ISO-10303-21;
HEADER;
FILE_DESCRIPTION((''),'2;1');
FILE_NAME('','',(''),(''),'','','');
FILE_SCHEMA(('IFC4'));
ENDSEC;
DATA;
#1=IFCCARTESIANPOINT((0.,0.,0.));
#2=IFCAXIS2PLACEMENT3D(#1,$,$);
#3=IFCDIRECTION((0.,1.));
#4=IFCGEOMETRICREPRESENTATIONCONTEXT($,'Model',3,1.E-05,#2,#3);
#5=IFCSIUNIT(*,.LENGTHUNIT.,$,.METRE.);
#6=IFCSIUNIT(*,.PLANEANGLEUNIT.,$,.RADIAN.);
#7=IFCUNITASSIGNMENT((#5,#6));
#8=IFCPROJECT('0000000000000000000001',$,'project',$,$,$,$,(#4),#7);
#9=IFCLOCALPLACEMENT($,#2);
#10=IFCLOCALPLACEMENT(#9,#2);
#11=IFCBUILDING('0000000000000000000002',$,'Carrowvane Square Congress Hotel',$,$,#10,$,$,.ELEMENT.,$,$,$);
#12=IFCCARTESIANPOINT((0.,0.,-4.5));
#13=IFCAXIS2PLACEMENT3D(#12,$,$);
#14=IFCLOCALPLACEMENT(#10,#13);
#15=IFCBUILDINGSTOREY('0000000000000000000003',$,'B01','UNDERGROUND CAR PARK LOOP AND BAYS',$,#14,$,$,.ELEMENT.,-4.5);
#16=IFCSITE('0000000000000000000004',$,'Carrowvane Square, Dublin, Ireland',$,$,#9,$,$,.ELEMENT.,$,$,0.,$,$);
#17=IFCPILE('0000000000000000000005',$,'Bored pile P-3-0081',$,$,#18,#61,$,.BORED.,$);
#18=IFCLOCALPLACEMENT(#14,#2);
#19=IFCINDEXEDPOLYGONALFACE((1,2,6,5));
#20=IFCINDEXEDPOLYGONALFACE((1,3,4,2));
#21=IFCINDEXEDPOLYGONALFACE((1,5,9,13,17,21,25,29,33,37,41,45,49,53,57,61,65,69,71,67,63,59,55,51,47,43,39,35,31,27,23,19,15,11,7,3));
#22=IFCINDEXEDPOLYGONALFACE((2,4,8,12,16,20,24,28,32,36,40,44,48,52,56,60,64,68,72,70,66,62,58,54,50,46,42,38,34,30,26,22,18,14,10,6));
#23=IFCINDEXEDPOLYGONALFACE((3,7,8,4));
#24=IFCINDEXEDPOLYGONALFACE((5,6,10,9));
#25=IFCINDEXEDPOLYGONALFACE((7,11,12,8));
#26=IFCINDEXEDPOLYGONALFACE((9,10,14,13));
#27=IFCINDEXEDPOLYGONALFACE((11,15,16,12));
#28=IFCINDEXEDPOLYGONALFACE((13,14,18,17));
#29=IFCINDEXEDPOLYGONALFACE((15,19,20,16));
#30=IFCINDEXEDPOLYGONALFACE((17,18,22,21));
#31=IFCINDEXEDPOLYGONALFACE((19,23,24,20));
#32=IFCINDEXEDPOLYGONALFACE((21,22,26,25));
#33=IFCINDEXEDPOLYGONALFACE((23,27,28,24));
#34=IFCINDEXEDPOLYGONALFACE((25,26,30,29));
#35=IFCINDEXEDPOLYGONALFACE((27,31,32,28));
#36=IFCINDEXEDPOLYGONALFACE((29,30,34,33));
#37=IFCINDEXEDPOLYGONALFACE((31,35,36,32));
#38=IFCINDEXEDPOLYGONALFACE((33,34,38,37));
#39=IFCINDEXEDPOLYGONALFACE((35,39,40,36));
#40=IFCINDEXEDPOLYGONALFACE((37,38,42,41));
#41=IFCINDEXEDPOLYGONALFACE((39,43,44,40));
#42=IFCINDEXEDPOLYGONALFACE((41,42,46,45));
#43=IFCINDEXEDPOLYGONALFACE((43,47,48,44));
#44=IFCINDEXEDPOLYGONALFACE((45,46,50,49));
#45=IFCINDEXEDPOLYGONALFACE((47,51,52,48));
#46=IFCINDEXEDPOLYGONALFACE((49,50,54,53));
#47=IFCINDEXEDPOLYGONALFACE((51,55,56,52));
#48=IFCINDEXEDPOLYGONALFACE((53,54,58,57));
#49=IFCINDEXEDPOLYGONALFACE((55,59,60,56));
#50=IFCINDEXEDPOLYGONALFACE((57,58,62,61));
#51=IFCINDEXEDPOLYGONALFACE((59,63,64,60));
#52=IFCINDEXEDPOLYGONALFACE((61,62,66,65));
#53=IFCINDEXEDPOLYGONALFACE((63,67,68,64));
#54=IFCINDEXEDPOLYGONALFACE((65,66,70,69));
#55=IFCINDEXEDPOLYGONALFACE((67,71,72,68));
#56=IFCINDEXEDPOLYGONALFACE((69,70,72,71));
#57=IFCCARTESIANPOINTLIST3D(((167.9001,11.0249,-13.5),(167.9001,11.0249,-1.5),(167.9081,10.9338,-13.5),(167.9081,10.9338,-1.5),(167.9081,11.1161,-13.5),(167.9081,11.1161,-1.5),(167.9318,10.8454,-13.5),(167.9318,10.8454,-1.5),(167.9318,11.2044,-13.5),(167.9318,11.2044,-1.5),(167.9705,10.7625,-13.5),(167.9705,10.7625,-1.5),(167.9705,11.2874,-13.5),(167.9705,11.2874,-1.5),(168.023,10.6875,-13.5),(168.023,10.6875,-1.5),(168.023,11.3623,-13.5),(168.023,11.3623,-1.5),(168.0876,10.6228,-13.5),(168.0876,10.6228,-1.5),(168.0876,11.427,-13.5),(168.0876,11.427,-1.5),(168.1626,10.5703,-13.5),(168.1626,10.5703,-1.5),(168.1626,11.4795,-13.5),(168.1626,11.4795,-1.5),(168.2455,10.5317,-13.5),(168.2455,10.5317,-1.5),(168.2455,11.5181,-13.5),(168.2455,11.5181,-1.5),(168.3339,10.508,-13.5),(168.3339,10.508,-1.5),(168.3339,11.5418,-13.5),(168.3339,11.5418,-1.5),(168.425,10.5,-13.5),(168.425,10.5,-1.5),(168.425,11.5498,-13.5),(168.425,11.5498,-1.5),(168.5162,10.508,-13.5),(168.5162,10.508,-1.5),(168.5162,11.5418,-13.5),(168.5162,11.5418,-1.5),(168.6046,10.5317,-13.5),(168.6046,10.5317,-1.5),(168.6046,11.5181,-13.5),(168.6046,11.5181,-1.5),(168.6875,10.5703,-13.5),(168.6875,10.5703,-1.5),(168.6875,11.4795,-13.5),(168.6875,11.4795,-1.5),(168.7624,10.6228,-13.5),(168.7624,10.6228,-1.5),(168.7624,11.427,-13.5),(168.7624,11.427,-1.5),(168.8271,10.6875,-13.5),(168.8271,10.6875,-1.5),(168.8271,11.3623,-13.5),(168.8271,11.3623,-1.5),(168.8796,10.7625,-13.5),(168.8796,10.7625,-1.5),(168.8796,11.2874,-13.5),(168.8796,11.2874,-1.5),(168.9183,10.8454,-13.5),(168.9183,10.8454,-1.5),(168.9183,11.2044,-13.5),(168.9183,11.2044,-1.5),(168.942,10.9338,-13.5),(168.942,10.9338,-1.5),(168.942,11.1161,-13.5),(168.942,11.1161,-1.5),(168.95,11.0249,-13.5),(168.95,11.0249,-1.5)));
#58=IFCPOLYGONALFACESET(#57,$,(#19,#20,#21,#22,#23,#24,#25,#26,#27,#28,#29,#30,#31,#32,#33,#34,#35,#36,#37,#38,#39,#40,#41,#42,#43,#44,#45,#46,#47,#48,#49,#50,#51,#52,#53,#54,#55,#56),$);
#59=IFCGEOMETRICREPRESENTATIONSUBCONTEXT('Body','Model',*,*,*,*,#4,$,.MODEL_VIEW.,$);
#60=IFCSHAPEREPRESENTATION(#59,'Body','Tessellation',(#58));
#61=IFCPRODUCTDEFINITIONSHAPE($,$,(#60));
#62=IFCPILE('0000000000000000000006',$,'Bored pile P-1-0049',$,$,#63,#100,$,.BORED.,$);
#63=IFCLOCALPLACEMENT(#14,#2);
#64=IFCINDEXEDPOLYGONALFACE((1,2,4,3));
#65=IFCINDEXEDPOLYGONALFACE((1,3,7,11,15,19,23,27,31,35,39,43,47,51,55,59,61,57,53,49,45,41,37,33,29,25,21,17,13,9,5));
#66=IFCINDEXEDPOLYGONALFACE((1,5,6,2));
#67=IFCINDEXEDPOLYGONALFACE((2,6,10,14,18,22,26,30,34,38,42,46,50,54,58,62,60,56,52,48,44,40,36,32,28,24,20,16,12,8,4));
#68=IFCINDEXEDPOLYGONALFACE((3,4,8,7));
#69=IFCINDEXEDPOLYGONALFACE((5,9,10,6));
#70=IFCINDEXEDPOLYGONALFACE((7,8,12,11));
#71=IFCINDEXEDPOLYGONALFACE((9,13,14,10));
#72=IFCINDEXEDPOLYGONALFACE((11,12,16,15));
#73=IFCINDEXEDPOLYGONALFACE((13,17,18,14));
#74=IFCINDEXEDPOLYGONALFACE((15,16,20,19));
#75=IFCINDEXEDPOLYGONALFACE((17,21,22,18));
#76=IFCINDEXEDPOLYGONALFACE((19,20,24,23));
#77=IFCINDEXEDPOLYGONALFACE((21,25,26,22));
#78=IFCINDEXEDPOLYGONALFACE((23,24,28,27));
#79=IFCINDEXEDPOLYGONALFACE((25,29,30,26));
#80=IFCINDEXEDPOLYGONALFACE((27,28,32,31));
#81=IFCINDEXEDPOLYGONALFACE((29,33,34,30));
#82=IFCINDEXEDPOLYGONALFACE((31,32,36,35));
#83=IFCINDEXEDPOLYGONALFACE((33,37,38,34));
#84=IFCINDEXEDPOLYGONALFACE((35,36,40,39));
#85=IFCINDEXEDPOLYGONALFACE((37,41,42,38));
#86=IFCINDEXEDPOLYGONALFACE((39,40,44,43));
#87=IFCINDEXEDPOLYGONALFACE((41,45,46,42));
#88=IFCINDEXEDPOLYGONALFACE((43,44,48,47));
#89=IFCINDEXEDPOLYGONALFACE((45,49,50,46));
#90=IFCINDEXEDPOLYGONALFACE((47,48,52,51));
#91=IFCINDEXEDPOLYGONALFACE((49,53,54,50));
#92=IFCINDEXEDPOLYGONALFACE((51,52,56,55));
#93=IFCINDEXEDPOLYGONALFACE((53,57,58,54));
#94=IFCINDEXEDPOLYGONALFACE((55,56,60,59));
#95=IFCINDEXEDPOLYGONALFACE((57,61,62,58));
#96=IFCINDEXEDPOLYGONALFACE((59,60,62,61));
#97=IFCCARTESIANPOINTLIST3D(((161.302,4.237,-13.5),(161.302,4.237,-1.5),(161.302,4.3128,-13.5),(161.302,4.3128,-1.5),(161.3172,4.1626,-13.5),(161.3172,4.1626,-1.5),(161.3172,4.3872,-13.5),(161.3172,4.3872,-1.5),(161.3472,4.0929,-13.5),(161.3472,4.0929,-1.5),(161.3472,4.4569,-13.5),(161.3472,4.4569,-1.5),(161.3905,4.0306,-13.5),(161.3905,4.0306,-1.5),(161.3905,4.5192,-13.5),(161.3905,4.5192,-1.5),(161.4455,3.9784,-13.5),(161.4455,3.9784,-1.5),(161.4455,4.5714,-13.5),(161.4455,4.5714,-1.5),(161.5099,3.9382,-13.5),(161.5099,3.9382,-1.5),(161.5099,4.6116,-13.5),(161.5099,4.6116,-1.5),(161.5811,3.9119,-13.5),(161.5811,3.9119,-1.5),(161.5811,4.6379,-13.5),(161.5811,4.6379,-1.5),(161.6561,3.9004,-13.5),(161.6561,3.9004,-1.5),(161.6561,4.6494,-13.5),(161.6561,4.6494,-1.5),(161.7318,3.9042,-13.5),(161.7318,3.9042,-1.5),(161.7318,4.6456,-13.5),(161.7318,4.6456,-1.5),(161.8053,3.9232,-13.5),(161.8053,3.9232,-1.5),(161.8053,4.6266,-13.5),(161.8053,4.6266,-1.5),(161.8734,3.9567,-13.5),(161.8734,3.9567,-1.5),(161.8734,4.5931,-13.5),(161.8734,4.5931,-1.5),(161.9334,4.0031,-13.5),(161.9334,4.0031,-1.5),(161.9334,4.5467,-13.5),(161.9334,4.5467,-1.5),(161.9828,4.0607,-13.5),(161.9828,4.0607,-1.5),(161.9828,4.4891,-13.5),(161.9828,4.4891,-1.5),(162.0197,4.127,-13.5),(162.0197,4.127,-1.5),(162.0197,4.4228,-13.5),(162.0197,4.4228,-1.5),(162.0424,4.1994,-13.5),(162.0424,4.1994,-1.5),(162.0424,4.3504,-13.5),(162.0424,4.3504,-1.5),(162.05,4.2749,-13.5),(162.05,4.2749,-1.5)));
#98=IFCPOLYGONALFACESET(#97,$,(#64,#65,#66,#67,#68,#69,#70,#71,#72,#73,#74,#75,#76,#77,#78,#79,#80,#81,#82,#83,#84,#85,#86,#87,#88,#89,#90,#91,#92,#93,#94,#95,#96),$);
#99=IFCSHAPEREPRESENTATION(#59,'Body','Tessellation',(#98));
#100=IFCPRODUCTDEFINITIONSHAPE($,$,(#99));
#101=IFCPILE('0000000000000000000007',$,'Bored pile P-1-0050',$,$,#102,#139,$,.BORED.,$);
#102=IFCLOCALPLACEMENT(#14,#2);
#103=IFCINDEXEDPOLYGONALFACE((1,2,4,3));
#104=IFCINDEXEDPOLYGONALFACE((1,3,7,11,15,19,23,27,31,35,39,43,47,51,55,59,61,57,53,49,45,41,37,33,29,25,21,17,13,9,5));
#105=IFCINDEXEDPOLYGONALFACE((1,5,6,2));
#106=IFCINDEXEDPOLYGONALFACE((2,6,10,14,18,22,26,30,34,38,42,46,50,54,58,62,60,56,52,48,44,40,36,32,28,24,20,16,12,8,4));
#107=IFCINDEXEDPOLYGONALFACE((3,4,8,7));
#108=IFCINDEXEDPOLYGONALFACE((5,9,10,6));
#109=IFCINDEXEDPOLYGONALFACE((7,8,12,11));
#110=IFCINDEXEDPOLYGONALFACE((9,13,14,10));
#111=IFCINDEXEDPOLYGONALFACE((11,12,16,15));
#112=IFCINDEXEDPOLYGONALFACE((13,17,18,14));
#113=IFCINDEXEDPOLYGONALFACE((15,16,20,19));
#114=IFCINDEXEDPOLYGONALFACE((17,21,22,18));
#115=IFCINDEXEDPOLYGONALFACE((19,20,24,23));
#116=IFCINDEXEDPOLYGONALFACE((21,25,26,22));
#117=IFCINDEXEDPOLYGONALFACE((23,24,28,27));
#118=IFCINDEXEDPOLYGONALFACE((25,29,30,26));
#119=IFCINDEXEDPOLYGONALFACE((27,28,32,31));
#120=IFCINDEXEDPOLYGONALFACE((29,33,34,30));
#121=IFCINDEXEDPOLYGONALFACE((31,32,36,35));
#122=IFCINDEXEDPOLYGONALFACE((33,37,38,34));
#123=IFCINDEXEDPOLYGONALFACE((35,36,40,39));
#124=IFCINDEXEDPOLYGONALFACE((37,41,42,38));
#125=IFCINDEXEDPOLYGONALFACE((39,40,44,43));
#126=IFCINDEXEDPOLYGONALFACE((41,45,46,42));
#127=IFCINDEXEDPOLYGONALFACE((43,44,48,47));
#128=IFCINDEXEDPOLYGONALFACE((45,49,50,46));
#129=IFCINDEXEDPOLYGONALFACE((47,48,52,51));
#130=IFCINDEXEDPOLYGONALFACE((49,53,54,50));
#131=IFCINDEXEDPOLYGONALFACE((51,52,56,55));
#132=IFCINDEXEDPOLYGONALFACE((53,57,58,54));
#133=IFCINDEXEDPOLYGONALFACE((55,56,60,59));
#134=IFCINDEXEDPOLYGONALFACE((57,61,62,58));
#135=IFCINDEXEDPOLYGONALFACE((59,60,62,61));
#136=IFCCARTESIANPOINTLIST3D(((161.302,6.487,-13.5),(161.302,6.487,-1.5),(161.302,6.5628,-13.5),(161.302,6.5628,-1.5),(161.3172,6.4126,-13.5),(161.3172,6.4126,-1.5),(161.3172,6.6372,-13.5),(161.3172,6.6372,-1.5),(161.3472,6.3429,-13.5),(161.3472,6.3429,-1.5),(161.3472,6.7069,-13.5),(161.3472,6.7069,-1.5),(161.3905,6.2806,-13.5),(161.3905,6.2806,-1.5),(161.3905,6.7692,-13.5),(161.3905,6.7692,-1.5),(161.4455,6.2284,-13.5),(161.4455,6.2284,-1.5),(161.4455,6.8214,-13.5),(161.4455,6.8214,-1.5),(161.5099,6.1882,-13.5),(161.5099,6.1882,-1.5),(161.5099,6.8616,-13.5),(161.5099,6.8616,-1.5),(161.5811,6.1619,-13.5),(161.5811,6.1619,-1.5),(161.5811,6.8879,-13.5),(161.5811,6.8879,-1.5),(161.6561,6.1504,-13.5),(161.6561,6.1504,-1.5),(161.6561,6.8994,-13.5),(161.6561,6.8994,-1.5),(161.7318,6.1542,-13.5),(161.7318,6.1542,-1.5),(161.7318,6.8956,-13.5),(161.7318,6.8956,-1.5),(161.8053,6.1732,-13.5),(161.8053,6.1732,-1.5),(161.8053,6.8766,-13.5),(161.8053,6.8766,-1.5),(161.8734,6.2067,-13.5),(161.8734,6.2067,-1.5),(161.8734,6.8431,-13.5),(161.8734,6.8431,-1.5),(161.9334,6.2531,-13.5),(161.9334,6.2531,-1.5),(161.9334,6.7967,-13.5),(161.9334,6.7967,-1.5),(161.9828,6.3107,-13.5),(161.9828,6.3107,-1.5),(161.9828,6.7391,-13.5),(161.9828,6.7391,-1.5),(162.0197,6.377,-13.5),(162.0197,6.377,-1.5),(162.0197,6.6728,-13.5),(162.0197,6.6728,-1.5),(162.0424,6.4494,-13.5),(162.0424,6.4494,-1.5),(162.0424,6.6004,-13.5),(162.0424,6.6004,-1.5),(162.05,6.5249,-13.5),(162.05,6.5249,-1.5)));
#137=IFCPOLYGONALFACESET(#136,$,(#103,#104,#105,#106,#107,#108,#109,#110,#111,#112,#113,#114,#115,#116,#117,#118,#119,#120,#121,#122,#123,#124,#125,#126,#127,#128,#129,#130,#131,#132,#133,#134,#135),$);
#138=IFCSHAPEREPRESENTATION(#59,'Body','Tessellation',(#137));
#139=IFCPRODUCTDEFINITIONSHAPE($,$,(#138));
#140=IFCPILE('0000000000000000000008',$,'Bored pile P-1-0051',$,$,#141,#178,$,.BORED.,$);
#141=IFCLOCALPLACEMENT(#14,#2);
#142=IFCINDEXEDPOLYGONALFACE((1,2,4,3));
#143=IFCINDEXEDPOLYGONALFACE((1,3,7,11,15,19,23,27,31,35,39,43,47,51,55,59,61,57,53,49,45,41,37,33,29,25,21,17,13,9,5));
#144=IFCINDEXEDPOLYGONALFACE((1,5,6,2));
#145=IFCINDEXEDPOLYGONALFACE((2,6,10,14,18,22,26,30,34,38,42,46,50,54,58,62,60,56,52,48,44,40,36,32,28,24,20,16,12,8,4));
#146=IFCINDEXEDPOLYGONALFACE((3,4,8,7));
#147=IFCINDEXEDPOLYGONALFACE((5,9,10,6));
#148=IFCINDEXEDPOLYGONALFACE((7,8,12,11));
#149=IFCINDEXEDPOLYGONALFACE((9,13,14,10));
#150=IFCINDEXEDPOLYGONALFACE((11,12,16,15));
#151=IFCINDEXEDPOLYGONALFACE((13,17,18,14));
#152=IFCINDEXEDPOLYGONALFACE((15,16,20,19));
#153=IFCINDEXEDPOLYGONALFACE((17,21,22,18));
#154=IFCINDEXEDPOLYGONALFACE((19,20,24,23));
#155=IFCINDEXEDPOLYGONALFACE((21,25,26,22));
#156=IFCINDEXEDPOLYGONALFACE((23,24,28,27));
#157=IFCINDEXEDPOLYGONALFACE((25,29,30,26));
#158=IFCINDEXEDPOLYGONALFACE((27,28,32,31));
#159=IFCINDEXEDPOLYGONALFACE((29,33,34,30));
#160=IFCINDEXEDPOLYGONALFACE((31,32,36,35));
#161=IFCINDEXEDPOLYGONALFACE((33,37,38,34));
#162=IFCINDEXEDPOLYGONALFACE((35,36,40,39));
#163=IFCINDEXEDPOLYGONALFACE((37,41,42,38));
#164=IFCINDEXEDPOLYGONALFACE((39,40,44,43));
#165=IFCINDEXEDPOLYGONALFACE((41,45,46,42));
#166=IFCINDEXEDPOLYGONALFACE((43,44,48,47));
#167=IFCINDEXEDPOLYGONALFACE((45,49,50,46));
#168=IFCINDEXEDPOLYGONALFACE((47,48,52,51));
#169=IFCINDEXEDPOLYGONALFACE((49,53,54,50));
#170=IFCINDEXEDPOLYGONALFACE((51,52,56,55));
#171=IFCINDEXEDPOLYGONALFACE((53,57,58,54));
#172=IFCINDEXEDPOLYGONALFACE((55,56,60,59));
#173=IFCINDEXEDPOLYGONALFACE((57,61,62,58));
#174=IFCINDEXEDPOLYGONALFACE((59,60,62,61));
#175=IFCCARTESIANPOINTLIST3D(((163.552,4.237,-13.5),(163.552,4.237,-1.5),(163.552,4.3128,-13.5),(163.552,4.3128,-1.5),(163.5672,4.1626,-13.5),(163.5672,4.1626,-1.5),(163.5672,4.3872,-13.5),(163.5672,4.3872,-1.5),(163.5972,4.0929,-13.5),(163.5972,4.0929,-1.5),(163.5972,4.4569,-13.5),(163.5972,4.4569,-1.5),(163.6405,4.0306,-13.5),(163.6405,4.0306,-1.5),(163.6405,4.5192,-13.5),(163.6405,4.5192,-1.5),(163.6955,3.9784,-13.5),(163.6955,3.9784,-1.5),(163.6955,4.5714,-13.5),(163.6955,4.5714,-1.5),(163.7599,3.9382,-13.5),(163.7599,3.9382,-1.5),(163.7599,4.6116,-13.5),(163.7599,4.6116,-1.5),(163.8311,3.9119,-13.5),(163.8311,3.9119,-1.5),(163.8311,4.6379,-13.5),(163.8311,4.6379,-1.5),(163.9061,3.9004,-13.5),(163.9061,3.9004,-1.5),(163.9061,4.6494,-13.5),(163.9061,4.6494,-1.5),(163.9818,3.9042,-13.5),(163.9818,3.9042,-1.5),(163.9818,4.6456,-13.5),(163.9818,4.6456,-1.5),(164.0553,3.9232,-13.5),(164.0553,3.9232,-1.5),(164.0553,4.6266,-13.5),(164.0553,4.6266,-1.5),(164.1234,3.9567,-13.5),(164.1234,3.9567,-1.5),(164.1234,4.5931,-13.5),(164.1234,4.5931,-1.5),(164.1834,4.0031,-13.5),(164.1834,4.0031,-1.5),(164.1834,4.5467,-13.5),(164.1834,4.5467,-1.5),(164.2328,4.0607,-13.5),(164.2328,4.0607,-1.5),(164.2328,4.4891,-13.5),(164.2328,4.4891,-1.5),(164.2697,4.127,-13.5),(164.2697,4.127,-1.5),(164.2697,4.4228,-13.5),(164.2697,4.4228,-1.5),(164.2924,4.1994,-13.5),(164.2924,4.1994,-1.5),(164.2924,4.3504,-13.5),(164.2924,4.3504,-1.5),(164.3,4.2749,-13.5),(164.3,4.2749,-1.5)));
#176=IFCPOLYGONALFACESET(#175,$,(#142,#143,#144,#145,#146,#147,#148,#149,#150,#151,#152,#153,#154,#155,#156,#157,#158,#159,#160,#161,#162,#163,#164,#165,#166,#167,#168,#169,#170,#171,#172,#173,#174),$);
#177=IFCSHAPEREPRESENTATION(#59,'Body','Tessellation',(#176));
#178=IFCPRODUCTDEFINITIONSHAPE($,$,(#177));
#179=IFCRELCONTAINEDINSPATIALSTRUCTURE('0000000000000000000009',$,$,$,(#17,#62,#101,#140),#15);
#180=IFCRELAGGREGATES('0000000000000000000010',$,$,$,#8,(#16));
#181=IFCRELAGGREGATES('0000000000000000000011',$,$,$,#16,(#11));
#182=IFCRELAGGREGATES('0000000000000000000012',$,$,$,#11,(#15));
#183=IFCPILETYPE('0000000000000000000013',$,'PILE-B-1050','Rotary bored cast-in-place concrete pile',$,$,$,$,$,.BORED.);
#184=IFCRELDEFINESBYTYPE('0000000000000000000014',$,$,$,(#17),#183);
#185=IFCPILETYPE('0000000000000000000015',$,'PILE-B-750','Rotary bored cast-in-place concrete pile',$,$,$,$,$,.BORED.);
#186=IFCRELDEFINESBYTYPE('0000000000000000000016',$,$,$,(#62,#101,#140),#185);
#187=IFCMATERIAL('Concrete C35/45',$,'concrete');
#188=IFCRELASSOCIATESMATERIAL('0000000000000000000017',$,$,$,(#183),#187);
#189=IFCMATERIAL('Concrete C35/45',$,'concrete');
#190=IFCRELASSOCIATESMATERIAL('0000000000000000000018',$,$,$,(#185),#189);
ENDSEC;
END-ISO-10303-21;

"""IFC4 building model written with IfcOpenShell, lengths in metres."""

from ifc_helpers import new_model, si_unit, direction, frame, origin, origin_2d, place, context, subcontext, project, spatial, circle, extrude, material, material_profile, profile_set, type_object, element, save


model = new_model("IFC4")

# Units and contexts
model_context = context("Model", 3, precision=1e-05, world=origin(), true_north=direction((0.0, 1.0)))
body_context = subcontext(model_context, "Body", "Model", "MODEL_VIEW")
ifc_project = project(units=[si_unit("LENGTHUNIT", "METRE"), si_unit("PLANEANGLEUNIT", "RADIAN")], contexts=[model_context])

# Site, building, storey
site_placement = place(None, origin())
site = spatial("IfcSite", under=ifc_project, at=site_placement, Name="Carrowvane Square, Dublin, Ireland", CompositionType="ELEMENT", RefElevation=0.0)
building_placement = place(site_placement, origin())
building = spatial("IfcBuilding", under=site, at=building_placement, Name="Carrowvane Square Congress Hotel", CompositionType="ELEMENT")
storey_placement = place(building_placement, frame((0.0, 0.0, -4.5)))
storey = spatial("IfcBuildingStorey", under=building, at=storey_placement, Name="B01", Description="UNDERGROUND CAR PARK LOOP AND BAYS", CompositionType="ELEMENT", Elevation=-4.5)

# Piles
ifc_material_1 = material(Name="Concrete C35/45", Category="concrete")
ifc_material_profile_1 = material_profile(ifc_material_1, circle(Radius=0.5249, at=origin_2d()), Name="PILE D1050")
ifc_profile_set_1 = profile_set([ifc_material_profile_1], Name="Concrete C35/45")
pile_type_1 = type_object("IfcPileType", Name="PILE-B-1050", Description="Rotary bored cast-in-place concrete pile", PredefinedType="BORED", material=ifc_profile_set_1)
for number, where, z_axis, x_axis, name in (
    (1, (168.425, 11.0249, -1.5), (0.0, 0.0, -1.0), (1.0, 0.0, 0.0), "Bored pile P-3-0081"),
):
    element("IfcPile", number, at=place(storey_placement, frame(where, z_axis=z_axis, x_axis=x_axis)), inside=storey, type_object=pile_type_1, Name=name, PredefinedType="BORED", context=body_context, shape_type="SweptSolid", body=[
        extrude(circle(Radius=0.5249, at=origin_2d()), origin(), (0.0, 0.0, 1.0), 12.0),
    ])
ifc_material_2 = material(Name="Concrete C35/45", Category="concrete")
ifc_material_profile_2 = material_profile(ifc_material_2, circle(Radius=0.375, at=origin_2d()), Name="PILE D750")
ifc_profile_set_2 = profile_set([ifc_material_profile_2], Name="Concrete C35/45")
pile_type_2 = type_object("IfcPileType", Name="PILE-B-750", Description="Rotary bored cast-in-place concrete pile", PredefinedType="BORED", material=ifc_profile_set_2)
for number, where, z_axis, x_axis, name in (
    (2, (161.675, 4.2749, -1.5), (0.0, 0.0, -1.0), (1.0, 0.0, 0.0), "Bored pile P-1-0049"),
    (3, (161.675, 6.5249, -1.5), (0.0, 0.0, -1.0), (1.0, 0.0, 0.0), "Bored pile P-1-0050"),
    (4, (163.925, 4.2749, -1.5), (0.0, 0.0, -1.0), (1.0, 0.0, 0.0), "Bored pile P-1-0051"),
):
    element("IfcPile", number, at=place(storey_placement, frame(where, z_axis=z_axis, x_axis=x_axis)), inside=storey, type_object=pile_type_2, Name=name, PredefinedType="BORED", context=body_context, shape_type="SweptSolid", body=[
        extrude(circle(Radius=0.375, at=origin_2d()), origin(), (0.0, 0.0, 1.0), 12.0),
    ])

save(model, "model.ifc")
